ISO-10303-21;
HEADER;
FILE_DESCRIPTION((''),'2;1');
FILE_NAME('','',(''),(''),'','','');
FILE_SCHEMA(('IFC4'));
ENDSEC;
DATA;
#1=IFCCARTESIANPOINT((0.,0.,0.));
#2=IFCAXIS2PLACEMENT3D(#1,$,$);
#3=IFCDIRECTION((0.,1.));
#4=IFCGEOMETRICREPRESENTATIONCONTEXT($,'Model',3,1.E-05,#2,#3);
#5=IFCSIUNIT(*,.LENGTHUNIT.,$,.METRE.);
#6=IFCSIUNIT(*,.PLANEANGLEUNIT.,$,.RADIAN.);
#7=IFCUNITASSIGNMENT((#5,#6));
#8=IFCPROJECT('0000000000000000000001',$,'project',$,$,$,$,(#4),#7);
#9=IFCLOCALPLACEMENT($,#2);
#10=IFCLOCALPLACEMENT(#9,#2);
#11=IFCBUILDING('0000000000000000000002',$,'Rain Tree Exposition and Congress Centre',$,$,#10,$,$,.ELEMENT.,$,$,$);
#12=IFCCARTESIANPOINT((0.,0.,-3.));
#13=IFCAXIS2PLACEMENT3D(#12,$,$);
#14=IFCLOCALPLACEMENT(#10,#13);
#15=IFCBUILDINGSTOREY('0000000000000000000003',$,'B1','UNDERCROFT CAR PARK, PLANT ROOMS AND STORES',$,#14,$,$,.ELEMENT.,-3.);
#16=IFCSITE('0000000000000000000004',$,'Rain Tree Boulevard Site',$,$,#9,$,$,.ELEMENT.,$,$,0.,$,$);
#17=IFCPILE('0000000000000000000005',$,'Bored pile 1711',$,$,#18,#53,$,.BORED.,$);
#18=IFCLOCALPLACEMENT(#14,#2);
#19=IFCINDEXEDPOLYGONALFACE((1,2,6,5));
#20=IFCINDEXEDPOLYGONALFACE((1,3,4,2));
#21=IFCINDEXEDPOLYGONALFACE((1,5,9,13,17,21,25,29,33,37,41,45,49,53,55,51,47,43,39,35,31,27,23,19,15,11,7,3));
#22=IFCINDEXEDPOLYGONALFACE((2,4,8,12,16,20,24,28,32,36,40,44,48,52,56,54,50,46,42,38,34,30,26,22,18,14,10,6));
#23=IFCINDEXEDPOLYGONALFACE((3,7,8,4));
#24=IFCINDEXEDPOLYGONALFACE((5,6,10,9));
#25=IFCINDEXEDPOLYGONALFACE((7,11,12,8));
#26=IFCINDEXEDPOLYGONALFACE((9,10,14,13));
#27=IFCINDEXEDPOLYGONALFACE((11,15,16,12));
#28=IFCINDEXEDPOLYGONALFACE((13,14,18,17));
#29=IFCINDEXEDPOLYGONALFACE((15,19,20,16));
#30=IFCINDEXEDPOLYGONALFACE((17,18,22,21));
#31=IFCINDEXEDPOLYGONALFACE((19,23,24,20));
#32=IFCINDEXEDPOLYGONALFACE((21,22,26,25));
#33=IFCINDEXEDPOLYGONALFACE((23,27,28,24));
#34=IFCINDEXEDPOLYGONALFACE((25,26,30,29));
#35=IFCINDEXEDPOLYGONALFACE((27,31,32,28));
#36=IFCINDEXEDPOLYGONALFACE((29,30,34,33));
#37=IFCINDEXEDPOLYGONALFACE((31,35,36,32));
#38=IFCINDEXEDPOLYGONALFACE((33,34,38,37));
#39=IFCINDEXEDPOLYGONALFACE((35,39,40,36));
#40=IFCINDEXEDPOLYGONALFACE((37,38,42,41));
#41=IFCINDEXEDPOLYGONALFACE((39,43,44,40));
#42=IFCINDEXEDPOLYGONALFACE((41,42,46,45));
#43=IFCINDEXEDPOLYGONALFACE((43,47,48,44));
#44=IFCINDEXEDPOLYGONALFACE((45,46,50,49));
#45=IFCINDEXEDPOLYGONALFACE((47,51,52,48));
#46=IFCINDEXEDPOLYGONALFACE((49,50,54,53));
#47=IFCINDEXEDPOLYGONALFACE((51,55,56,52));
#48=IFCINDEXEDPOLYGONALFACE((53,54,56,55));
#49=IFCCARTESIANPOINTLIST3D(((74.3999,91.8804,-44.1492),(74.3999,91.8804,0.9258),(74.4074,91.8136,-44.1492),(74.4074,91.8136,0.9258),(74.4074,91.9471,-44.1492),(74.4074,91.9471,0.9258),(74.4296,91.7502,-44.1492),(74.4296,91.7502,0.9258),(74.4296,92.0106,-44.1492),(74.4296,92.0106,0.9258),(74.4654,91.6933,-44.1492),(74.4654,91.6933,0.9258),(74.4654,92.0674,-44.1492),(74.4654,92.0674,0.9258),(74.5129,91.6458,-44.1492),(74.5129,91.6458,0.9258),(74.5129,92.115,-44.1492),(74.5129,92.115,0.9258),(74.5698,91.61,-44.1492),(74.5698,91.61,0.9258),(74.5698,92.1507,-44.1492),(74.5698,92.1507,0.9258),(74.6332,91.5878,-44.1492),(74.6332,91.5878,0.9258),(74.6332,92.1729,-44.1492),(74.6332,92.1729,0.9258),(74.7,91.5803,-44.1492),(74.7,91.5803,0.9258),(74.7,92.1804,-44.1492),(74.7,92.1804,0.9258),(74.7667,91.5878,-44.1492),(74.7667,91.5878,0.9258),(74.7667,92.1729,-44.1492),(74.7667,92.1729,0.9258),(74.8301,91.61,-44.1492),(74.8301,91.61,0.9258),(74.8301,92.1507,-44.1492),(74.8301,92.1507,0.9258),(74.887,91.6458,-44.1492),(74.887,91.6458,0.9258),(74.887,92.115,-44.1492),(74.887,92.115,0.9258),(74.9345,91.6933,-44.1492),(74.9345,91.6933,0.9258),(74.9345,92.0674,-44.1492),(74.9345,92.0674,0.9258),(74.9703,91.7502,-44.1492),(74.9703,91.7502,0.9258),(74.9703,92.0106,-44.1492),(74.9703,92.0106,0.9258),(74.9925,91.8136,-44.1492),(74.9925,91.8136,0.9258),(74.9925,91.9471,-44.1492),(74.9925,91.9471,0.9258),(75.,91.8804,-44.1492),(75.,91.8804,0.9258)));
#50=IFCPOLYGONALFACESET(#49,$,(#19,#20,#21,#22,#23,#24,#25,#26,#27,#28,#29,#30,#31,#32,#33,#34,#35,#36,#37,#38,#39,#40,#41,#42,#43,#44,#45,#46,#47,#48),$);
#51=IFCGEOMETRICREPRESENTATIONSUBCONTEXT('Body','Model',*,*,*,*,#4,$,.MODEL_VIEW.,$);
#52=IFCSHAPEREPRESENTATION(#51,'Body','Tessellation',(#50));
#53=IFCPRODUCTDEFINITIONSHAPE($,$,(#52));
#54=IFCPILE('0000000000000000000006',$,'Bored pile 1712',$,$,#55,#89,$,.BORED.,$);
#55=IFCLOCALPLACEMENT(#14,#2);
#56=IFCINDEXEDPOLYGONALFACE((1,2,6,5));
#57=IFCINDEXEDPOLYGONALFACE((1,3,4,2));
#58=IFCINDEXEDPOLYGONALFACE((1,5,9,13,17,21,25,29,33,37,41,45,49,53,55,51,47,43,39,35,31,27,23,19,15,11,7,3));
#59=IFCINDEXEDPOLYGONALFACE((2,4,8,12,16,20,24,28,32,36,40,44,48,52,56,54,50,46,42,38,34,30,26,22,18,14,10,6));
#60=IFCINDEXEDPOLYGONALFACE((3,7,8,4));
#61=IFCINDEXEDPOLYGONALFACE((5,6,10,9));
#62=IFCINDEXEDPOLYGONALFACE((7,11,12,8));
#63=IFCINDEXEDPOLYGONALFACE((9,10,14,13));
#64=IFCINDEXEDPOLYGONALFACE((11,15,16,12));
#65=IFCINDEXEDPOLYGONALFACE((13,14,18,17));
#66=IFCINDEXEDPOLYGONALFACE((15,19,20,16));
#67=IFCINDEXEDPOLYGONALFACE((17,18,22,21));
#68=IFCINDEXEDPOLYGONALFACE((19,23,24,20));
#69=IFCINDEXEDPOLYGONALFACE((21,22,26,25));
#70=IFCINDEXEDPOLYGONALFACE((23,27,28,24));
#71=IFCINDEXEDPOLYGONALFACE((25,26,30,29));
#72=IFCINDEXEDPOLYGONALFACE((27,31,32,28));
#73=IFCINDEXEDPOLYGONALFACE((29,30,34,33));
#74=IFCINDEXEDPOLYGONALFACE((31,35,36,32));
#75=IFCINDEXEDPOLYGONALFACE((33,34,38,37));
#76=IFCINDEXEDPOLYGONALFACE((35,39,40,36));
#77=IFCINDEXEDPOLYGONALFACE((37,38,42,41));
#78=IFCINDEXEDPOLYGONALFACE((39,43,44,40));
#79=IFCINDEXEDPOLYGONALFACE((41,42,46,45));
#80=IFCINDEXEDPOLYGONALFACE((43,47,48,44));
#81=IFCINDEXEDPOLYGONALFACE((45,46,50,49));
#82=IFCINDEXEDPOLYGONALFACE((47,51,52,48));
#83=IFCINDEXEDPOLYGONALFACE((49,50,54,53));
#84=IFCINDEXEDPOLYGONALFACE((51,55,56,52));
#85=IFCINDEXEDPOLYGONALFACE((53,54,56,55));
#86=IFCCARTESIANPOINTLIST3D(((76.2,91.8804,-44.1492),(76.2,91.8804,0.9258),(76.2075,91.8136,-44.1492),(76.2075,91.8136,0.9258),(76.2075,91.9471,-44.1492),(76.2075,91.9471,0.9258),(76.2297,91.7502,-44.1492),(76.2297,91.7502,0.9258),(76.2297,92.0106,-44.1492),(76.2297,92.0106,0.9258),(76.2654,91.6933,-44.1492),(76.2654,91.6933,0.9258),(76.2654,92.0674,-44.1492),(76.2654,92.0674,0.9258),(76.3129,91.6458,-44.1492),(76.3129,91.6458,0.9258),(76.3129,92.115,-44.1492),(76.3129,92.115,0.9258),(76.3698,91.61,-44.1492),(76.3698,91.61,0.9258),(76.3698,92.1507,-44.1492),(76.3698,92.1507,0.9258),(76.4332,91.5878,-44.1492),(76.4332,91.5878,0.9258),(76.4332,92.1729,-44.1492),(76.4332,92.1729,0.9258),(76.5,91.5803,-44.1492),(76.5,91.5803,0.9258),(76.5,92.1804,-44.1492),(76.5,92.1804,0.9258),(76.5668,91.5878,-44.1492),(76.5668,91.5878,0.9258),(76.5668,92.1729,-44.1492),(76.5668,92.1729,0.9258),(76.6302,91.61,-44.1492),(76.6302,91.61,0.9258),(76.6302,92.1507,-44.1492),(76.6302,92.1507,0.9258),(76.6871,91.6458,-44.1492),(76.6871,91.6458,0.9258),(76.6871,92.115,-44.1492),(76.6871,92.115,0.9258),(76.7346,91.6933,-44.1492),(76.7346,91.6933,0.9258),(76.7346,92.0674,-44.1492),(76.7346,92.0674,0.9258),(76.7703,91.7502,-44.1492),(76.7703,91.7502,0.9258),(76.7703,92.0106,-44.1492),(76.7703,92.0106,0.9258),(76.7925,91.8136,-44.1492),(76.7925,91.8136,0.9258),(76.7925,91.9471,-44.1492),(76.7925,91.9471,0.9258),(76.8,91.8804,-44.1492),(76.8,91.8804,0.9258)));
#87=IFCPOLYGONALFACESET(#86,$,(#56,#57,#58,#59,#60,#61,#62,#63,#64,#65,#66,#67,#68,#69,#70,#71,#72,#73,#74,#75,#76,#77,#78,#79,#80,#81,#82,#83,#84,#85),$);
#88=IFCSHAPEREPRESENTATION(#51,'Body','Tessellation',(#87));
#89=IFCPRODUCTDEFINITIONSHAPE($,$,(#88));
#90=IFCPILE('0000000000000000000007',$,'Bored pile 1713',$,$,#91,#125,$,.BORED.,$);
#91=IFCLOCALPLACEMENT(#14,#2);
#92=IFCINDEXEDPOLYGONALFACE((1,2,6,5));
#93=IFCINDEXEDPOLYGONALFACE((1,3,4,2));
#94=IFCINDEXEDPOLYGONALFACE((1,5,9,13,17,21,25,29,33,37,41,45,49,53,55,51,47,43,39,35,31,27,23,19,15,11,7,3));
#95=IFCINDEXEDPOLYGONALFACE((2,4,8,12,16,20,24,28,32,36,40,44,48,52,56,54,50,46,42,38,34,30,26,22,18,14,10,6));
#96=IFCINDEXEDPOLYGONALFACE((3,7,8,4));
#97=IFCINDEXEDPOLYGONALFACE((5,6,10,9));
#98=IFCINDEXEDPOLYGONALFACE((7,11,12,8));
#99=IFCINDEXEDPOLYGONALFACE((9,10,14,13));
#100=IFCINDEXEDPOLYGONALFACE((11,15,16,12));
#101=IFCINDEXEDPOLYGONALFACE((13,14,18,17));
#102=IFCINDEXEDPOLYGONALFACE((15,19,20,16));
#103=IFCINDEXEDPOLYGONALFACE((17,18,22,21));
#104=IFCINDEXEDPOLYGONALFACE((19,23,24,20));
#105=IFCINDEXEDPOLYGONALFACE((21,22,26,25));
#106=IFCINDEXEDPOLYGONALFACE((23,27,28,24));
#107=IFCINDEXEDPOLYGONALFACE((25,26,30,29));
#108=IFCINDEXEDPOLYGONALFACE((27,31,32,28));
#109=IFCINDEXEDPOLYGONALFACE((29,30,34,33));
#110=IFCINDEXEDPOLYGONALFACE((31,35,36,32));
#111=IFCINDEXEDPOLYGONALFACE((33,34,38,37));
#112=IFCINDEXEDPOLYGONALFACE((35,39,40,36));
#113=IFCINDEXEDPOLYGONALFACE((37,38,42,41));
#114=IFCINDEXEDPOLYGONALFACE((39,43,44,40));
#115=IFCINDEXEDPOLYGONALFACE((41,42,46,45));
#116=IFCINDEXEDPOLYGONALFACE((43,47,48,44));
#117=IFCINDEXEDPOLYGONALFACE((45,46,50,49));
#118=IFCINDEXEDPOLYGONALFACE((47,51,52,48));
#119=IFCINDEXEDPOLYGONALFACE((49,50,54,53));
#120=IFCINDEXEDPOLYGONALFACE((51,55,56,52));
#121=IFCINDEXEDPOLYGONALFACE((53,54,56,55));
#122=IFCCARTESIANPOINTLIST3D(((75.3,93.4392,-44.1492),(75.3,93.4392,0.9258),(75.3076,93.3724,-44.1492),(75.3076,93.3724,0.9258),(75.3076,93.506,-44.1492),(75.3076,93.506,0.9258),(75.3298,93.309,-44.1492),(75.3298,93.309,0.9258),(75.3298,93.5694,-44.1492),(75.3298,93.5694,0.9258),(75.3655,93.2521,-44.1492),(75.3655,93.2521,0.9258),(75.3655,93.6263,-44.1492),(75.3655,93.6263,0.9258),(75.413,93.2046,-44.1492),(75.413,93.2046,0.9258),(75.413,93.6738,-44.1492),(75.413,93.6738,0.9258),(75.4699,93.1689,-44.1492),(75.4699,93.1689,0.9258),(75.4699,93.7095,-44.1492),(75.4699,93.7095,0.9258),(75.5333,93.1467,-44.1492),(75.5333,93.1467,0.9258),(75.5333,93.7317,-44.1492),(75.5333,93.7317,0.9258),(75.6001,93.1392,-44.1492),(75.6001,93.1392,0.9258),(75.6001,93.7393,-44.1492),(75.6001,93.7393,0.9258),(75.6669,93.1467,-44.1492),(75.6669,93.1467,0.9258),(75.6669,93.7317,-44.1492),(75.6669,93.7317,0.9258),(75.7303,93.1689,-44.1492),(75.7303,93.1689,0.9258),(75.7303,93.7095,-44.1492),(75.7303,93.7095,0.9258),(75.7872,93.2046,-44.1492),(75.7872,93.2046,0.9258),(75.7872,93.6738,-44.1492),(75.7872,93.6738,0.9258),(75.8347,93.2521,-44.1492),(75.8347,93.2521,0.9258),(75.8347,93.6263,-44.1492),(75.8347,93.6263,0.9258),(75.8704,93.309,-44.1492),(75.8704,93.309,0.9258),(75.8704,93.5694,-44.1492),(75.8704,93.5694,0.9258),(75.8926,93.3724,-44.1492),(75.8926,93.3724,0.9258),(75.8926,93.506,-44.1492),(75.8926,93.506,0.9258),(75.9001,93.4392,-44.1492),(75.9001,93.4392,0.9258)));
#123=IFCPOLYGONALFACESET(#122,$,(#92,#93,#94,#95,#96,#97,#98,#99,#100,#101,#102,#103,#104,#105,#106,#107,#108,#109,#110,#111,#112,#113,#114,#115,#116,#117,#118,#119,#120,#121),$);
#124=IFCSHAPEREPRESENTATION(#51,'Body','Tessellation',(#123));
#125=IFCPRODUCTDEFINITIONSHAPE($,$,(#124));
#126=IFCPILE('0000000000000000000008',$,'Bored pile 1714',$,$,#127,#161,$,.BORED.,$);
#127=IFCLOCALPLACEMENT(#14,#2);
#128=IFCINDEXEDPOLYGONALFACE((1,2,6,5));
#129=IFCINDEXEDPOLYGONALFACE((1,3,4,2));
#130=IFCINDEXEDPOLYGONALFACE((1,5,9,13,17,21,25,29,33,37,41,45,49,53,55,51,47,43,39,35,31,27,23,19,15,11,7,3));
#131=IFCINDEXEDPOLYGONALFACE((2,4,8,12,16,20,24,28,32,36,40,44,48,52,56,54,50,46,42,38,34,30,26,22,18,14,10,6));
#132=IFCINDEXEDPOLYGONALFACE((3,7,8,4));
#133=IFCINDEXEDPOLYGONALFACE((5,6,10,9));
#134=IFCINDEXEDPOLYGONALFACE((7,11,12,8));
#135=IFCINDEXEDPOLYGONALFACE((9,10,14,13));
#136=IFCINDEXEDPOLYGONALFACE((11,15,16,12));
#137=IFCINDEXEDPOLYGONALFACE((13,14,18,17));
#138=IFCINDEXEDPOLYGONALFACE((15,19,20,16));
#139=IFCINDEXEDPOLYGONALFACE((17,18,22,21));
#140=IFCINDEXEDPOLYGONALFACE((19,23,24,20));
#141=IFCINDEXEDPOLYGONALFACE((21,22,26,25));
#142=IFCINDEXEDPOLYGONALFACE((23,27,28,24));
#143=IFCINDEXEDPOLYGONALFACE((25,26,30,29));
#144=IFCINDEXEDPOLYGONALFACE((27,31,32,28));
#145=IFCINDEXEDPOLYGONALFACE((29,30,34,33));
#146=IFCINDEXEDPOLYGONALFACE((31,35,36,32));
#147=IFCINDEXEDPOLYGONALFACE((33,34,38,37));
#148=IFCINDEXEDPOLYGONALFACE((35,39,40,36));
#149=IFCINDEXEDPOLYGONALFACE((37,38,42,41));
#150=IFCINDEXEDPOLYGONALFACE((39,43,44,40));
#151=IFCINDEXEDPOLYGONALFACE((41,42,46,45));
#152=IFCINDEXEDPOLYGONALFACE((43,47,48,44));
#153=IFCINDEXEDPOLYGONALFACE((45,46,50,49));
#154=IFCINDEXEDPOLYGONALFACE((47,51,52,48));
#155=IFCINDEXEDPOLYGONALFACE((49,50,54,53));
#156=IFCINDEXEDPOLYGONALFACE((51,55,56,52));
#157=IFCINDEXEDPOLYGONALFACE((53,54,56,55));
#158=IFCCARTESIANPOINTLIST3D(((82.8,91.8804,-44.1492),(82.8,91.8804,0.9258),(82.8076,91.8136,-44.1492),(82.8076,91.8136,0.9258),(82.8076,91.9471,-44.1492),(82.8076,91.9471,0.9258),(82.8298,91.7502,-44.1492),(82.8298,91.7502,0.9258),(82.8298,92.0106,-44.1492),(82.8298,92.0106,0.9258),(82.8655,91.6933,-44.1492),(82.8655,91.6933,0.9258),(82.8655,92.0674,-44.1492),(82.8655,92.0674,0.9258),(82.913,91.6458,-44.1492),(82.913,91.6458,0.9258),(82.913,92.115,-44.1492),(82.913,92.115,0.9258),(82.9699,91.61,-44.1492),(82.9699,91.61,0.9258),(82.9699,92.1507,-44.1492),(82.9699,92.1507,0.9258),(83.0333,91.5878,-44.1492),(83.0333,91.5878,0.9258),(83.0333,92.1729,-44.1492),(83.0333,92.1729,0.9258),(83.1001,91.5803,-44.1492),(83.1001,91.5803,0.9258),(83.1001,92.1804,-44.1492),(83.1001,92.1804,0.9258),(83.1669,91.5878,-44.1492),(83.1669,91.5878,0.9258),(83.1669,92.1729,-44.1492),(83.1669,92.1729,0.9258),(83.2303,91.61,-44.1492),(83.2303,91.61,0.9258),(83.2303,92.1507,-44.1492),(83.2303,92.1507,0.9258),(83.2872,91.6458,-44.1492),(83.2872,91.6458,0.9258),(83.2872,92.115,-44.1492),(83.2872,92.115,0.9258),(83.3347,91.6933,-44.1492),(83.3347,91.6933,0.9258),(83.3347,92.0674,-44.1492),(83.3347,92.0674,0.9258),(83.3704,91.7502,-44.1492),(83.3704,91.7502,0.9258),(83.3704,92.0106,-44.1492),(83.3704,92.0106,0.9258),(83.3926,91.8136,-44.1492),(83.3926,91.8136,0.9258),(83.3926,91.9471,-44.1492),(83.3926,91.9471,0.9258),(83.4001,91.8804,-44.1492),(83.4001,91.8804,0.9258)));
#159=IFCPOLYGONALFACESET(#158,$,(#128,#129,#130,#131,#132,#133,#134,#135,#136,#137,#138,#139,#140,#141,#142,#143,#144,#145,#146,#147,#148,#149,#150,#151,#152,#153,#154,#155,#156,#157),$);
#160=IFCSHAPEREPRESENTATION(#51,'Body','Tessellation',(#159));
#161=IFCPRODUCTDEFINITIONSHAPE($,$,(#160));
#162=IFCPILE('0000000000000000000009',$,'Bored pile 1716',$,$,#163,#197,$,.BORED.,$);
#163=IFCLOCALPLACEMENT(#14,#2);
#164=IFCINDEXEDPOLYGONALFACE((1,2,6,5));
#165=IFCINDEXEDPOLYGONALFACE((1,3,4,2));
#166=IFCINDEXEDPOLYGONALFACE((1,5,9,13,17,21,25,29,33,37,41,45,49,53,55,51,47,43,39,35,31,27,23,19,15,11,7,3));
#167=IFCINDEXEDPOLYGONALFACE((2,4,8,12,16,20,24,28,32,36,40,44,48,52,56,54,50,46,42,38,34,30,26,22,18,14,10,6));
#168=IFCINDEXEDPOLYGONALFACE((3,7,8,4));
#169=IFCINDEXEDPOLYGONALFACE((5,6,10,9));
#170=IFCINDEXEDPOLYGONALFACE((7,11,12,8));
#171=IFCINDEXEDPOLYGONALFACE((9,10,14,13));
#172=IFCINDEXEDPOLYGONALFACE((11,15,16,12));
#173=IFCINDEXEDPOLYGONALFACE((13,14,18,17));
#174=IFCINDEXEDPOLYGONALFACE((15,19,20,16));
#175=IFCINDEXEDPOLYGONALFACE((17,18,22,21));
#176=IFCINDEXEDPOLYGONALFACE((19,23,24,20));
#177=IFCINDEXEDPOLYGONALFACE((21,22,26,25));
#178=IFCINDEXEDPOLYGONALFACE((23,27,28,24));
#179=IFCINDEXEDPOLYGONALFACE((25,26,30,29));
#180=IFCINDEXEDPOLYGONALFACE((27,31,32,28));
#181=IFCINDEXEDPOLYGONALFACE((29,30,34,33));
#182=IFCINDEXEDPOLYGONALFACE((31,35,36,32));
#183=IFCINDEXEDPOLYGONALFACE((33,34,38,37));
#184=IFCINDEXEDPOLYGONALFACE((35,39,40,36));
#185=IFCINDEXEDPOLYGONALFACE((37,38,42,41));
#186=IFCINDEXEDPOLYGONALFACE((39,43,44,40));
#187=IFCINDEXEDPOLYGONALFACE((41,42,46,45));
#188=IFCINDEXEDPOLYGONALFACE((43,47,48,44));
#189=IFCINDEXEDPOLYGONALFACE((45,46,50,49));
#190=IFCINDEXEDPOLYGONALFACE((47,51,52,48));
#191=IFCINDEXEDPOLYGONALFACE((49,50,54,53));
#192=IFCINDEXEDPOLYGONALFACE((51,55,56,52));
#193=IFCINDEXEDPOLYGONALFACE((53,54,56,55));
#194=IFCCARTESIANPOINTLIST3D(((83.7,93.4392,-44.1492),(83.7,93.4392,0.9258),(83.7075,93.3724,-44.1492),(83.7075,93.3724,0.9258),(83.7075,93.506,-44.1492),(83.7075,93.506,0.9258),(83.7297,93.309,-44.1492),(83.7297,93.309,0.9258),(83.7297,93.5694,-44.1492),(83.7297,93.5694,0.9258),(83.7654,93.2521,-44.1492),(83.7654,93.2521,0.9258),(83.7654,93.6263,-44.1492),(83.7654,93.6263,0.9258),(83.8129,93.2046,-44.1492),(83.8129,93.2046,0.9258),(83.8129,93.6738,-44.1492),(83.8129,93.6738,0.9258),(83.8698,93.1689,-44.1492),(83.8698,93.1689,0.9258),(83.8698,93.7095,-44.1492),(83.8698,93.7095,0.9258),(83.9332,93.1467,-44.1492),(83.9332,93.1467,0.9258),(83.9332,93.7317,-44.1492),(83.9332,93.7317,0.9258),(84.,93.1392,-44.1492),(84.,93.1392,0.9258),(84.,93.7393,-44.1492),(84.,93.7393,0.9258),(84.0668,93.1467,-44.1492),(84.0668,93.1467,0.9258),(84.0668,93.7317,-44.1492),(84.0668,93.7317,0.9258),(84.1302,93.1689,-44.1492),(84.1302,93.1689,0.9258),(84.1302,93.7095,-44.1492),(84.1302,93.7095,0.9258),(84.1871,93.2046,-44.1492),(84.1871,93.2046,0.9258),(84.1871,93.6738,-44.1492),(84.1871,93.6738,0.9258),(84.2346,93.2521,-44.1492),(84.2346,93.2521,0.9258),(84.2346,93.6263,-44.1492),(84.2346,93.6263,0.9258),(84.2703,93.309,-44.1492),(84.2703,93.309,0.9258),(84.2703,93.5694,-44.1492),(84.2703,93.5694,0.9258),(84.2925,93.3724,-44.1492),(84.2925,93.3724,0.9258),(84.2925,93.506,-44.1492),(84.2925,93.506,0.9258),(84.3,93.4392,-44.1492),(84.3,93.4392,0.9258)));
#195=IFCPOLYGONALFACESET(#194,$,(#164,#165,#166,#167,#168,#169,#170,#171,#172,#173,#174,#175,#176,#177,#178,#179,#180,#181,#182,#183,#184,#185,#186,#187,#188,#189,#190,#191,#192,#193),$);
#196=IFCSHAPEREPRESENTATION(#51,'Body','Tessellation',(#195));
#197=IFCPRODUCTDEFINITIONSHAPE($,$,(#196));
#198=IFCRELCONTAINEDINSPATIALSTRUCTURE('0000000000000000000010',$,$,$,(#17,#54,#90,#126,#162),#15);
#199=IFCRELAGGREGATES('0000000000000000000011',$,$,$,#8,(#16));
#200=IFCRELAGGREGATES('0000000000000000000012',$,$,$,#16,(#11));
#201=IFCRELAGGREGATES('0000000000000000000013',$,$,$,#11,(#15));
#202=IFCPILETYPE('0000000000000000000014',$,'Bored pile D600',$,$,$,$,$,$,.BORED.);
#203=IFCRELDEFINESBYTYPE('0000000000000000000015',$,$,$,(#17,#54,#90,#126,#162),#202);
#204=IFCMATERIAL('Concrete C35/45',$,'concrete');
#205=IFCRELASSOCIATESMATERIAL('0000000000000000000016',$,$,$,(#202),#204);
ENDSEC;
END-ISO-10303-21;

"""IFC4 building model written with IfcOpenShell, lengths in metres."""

from ifc_helpers import new_model, si_unit, direction, frame, origin, origin_2d, place, context, subcontext, project, spatial, circle, extrude, material, material_profile, profile_set, type_object, element, save


model = new_model("IFC4")

# Units and contexts
model_context = context("Model", 3, precision=1e-05, world=origin(), true_north=direction((0.0, 1.0)))
body_context = subcontext(model_context, "Body", "Model", "MODEL_VIEW")
ifc_project = project(units=[si_unit("LENGTHUNIT", "METRE"), si_unit("PLANEANGLEUNIT", "RADIAN")], contexts=[model_context])

# Site, building, storey
site_placement = place(None, origin())
site = spatial("IfcSite", under=ifc_project, at=site_placement, Name="Rain Tree Boulevard Site", CompositionType="ELEMENT", RefElevation=0.0)
building_placement = place(site_placement, origin())
building = spatial("IfcBuilding", under=site, at=building_placement, Name="Rain Tree Exposition and Congress Centre", CompositionType="ELEMENT")
storey_placement = place(building_placement, frame((0.0, 0.0, -3.0)))
storey = spatial("IfcBuildingStorey", under=building, at=storey_placement, Name="B1", Description="UNDERCROFT CAR PARK, PLANT ROOMS AND STORES", CompositionType="ELEMENT", Elevation=-3.0)

# Piles
ifc_material_1 = material(Name="Concrete C35/45", Category="concrete")
ifc_material_profile_1 = material_profile(ifc_material_1, circle(Radius=0.3, at=origin_2d()), Name="D600")
ifc_profile_set_1 = profile_set([ifc_material_profile_1], Name="Concrete C35/45")
pile_type_1 = type_object("IfcPileType", Name="Bored pile D600", PredefinedType="BORED", material=ifc_profile_set_1)
for number, where, z_axis, x_axis, name in (
    (1, (74.7, 91.8804, 0.9258), (0.0, 0.0, -1.0), (1.0, 0.0, 0.0), "Bored pile 1711"),
    (2, (76.5, 91.8804, 0.9258), (0.0, 0.0, -1.0), (1.0, 0.0, 0.0), "Bored pile 1712"),
    (3, (75.6001, 93.4392, 0.9258), (0.0, 0.0, -1.0), (1.0, 0.0, 0.0), "Bored pile 1713"),
    (4, (83.1001, 91.8804, 0.9258), (0.0, 0.0, -1.0), (1.0, 0.0, 0.0), "Bored pile 1714"),
    (5, (84.0, 93.4392, 0.9258), (0.0, 0.0, -1.0), (1.0, 0.0, 0.0), "Bored pile 1716"),
):
    element("IfcPile", number, at=place(storey_placement, frame(where, z_axis=z_axis, x_axis=x_axis)), inside=storey, type_object=pile_type_1, Name=name, PredefinedType="BORED", context=body_context, shape_type="SweptSolid", body=[
        extrude(circle(Radius=0.3, at=origin_2d()), origin(), (0.0, 0.0, 1.0), 45.075),
    ])

save(model, "model.ifc")
